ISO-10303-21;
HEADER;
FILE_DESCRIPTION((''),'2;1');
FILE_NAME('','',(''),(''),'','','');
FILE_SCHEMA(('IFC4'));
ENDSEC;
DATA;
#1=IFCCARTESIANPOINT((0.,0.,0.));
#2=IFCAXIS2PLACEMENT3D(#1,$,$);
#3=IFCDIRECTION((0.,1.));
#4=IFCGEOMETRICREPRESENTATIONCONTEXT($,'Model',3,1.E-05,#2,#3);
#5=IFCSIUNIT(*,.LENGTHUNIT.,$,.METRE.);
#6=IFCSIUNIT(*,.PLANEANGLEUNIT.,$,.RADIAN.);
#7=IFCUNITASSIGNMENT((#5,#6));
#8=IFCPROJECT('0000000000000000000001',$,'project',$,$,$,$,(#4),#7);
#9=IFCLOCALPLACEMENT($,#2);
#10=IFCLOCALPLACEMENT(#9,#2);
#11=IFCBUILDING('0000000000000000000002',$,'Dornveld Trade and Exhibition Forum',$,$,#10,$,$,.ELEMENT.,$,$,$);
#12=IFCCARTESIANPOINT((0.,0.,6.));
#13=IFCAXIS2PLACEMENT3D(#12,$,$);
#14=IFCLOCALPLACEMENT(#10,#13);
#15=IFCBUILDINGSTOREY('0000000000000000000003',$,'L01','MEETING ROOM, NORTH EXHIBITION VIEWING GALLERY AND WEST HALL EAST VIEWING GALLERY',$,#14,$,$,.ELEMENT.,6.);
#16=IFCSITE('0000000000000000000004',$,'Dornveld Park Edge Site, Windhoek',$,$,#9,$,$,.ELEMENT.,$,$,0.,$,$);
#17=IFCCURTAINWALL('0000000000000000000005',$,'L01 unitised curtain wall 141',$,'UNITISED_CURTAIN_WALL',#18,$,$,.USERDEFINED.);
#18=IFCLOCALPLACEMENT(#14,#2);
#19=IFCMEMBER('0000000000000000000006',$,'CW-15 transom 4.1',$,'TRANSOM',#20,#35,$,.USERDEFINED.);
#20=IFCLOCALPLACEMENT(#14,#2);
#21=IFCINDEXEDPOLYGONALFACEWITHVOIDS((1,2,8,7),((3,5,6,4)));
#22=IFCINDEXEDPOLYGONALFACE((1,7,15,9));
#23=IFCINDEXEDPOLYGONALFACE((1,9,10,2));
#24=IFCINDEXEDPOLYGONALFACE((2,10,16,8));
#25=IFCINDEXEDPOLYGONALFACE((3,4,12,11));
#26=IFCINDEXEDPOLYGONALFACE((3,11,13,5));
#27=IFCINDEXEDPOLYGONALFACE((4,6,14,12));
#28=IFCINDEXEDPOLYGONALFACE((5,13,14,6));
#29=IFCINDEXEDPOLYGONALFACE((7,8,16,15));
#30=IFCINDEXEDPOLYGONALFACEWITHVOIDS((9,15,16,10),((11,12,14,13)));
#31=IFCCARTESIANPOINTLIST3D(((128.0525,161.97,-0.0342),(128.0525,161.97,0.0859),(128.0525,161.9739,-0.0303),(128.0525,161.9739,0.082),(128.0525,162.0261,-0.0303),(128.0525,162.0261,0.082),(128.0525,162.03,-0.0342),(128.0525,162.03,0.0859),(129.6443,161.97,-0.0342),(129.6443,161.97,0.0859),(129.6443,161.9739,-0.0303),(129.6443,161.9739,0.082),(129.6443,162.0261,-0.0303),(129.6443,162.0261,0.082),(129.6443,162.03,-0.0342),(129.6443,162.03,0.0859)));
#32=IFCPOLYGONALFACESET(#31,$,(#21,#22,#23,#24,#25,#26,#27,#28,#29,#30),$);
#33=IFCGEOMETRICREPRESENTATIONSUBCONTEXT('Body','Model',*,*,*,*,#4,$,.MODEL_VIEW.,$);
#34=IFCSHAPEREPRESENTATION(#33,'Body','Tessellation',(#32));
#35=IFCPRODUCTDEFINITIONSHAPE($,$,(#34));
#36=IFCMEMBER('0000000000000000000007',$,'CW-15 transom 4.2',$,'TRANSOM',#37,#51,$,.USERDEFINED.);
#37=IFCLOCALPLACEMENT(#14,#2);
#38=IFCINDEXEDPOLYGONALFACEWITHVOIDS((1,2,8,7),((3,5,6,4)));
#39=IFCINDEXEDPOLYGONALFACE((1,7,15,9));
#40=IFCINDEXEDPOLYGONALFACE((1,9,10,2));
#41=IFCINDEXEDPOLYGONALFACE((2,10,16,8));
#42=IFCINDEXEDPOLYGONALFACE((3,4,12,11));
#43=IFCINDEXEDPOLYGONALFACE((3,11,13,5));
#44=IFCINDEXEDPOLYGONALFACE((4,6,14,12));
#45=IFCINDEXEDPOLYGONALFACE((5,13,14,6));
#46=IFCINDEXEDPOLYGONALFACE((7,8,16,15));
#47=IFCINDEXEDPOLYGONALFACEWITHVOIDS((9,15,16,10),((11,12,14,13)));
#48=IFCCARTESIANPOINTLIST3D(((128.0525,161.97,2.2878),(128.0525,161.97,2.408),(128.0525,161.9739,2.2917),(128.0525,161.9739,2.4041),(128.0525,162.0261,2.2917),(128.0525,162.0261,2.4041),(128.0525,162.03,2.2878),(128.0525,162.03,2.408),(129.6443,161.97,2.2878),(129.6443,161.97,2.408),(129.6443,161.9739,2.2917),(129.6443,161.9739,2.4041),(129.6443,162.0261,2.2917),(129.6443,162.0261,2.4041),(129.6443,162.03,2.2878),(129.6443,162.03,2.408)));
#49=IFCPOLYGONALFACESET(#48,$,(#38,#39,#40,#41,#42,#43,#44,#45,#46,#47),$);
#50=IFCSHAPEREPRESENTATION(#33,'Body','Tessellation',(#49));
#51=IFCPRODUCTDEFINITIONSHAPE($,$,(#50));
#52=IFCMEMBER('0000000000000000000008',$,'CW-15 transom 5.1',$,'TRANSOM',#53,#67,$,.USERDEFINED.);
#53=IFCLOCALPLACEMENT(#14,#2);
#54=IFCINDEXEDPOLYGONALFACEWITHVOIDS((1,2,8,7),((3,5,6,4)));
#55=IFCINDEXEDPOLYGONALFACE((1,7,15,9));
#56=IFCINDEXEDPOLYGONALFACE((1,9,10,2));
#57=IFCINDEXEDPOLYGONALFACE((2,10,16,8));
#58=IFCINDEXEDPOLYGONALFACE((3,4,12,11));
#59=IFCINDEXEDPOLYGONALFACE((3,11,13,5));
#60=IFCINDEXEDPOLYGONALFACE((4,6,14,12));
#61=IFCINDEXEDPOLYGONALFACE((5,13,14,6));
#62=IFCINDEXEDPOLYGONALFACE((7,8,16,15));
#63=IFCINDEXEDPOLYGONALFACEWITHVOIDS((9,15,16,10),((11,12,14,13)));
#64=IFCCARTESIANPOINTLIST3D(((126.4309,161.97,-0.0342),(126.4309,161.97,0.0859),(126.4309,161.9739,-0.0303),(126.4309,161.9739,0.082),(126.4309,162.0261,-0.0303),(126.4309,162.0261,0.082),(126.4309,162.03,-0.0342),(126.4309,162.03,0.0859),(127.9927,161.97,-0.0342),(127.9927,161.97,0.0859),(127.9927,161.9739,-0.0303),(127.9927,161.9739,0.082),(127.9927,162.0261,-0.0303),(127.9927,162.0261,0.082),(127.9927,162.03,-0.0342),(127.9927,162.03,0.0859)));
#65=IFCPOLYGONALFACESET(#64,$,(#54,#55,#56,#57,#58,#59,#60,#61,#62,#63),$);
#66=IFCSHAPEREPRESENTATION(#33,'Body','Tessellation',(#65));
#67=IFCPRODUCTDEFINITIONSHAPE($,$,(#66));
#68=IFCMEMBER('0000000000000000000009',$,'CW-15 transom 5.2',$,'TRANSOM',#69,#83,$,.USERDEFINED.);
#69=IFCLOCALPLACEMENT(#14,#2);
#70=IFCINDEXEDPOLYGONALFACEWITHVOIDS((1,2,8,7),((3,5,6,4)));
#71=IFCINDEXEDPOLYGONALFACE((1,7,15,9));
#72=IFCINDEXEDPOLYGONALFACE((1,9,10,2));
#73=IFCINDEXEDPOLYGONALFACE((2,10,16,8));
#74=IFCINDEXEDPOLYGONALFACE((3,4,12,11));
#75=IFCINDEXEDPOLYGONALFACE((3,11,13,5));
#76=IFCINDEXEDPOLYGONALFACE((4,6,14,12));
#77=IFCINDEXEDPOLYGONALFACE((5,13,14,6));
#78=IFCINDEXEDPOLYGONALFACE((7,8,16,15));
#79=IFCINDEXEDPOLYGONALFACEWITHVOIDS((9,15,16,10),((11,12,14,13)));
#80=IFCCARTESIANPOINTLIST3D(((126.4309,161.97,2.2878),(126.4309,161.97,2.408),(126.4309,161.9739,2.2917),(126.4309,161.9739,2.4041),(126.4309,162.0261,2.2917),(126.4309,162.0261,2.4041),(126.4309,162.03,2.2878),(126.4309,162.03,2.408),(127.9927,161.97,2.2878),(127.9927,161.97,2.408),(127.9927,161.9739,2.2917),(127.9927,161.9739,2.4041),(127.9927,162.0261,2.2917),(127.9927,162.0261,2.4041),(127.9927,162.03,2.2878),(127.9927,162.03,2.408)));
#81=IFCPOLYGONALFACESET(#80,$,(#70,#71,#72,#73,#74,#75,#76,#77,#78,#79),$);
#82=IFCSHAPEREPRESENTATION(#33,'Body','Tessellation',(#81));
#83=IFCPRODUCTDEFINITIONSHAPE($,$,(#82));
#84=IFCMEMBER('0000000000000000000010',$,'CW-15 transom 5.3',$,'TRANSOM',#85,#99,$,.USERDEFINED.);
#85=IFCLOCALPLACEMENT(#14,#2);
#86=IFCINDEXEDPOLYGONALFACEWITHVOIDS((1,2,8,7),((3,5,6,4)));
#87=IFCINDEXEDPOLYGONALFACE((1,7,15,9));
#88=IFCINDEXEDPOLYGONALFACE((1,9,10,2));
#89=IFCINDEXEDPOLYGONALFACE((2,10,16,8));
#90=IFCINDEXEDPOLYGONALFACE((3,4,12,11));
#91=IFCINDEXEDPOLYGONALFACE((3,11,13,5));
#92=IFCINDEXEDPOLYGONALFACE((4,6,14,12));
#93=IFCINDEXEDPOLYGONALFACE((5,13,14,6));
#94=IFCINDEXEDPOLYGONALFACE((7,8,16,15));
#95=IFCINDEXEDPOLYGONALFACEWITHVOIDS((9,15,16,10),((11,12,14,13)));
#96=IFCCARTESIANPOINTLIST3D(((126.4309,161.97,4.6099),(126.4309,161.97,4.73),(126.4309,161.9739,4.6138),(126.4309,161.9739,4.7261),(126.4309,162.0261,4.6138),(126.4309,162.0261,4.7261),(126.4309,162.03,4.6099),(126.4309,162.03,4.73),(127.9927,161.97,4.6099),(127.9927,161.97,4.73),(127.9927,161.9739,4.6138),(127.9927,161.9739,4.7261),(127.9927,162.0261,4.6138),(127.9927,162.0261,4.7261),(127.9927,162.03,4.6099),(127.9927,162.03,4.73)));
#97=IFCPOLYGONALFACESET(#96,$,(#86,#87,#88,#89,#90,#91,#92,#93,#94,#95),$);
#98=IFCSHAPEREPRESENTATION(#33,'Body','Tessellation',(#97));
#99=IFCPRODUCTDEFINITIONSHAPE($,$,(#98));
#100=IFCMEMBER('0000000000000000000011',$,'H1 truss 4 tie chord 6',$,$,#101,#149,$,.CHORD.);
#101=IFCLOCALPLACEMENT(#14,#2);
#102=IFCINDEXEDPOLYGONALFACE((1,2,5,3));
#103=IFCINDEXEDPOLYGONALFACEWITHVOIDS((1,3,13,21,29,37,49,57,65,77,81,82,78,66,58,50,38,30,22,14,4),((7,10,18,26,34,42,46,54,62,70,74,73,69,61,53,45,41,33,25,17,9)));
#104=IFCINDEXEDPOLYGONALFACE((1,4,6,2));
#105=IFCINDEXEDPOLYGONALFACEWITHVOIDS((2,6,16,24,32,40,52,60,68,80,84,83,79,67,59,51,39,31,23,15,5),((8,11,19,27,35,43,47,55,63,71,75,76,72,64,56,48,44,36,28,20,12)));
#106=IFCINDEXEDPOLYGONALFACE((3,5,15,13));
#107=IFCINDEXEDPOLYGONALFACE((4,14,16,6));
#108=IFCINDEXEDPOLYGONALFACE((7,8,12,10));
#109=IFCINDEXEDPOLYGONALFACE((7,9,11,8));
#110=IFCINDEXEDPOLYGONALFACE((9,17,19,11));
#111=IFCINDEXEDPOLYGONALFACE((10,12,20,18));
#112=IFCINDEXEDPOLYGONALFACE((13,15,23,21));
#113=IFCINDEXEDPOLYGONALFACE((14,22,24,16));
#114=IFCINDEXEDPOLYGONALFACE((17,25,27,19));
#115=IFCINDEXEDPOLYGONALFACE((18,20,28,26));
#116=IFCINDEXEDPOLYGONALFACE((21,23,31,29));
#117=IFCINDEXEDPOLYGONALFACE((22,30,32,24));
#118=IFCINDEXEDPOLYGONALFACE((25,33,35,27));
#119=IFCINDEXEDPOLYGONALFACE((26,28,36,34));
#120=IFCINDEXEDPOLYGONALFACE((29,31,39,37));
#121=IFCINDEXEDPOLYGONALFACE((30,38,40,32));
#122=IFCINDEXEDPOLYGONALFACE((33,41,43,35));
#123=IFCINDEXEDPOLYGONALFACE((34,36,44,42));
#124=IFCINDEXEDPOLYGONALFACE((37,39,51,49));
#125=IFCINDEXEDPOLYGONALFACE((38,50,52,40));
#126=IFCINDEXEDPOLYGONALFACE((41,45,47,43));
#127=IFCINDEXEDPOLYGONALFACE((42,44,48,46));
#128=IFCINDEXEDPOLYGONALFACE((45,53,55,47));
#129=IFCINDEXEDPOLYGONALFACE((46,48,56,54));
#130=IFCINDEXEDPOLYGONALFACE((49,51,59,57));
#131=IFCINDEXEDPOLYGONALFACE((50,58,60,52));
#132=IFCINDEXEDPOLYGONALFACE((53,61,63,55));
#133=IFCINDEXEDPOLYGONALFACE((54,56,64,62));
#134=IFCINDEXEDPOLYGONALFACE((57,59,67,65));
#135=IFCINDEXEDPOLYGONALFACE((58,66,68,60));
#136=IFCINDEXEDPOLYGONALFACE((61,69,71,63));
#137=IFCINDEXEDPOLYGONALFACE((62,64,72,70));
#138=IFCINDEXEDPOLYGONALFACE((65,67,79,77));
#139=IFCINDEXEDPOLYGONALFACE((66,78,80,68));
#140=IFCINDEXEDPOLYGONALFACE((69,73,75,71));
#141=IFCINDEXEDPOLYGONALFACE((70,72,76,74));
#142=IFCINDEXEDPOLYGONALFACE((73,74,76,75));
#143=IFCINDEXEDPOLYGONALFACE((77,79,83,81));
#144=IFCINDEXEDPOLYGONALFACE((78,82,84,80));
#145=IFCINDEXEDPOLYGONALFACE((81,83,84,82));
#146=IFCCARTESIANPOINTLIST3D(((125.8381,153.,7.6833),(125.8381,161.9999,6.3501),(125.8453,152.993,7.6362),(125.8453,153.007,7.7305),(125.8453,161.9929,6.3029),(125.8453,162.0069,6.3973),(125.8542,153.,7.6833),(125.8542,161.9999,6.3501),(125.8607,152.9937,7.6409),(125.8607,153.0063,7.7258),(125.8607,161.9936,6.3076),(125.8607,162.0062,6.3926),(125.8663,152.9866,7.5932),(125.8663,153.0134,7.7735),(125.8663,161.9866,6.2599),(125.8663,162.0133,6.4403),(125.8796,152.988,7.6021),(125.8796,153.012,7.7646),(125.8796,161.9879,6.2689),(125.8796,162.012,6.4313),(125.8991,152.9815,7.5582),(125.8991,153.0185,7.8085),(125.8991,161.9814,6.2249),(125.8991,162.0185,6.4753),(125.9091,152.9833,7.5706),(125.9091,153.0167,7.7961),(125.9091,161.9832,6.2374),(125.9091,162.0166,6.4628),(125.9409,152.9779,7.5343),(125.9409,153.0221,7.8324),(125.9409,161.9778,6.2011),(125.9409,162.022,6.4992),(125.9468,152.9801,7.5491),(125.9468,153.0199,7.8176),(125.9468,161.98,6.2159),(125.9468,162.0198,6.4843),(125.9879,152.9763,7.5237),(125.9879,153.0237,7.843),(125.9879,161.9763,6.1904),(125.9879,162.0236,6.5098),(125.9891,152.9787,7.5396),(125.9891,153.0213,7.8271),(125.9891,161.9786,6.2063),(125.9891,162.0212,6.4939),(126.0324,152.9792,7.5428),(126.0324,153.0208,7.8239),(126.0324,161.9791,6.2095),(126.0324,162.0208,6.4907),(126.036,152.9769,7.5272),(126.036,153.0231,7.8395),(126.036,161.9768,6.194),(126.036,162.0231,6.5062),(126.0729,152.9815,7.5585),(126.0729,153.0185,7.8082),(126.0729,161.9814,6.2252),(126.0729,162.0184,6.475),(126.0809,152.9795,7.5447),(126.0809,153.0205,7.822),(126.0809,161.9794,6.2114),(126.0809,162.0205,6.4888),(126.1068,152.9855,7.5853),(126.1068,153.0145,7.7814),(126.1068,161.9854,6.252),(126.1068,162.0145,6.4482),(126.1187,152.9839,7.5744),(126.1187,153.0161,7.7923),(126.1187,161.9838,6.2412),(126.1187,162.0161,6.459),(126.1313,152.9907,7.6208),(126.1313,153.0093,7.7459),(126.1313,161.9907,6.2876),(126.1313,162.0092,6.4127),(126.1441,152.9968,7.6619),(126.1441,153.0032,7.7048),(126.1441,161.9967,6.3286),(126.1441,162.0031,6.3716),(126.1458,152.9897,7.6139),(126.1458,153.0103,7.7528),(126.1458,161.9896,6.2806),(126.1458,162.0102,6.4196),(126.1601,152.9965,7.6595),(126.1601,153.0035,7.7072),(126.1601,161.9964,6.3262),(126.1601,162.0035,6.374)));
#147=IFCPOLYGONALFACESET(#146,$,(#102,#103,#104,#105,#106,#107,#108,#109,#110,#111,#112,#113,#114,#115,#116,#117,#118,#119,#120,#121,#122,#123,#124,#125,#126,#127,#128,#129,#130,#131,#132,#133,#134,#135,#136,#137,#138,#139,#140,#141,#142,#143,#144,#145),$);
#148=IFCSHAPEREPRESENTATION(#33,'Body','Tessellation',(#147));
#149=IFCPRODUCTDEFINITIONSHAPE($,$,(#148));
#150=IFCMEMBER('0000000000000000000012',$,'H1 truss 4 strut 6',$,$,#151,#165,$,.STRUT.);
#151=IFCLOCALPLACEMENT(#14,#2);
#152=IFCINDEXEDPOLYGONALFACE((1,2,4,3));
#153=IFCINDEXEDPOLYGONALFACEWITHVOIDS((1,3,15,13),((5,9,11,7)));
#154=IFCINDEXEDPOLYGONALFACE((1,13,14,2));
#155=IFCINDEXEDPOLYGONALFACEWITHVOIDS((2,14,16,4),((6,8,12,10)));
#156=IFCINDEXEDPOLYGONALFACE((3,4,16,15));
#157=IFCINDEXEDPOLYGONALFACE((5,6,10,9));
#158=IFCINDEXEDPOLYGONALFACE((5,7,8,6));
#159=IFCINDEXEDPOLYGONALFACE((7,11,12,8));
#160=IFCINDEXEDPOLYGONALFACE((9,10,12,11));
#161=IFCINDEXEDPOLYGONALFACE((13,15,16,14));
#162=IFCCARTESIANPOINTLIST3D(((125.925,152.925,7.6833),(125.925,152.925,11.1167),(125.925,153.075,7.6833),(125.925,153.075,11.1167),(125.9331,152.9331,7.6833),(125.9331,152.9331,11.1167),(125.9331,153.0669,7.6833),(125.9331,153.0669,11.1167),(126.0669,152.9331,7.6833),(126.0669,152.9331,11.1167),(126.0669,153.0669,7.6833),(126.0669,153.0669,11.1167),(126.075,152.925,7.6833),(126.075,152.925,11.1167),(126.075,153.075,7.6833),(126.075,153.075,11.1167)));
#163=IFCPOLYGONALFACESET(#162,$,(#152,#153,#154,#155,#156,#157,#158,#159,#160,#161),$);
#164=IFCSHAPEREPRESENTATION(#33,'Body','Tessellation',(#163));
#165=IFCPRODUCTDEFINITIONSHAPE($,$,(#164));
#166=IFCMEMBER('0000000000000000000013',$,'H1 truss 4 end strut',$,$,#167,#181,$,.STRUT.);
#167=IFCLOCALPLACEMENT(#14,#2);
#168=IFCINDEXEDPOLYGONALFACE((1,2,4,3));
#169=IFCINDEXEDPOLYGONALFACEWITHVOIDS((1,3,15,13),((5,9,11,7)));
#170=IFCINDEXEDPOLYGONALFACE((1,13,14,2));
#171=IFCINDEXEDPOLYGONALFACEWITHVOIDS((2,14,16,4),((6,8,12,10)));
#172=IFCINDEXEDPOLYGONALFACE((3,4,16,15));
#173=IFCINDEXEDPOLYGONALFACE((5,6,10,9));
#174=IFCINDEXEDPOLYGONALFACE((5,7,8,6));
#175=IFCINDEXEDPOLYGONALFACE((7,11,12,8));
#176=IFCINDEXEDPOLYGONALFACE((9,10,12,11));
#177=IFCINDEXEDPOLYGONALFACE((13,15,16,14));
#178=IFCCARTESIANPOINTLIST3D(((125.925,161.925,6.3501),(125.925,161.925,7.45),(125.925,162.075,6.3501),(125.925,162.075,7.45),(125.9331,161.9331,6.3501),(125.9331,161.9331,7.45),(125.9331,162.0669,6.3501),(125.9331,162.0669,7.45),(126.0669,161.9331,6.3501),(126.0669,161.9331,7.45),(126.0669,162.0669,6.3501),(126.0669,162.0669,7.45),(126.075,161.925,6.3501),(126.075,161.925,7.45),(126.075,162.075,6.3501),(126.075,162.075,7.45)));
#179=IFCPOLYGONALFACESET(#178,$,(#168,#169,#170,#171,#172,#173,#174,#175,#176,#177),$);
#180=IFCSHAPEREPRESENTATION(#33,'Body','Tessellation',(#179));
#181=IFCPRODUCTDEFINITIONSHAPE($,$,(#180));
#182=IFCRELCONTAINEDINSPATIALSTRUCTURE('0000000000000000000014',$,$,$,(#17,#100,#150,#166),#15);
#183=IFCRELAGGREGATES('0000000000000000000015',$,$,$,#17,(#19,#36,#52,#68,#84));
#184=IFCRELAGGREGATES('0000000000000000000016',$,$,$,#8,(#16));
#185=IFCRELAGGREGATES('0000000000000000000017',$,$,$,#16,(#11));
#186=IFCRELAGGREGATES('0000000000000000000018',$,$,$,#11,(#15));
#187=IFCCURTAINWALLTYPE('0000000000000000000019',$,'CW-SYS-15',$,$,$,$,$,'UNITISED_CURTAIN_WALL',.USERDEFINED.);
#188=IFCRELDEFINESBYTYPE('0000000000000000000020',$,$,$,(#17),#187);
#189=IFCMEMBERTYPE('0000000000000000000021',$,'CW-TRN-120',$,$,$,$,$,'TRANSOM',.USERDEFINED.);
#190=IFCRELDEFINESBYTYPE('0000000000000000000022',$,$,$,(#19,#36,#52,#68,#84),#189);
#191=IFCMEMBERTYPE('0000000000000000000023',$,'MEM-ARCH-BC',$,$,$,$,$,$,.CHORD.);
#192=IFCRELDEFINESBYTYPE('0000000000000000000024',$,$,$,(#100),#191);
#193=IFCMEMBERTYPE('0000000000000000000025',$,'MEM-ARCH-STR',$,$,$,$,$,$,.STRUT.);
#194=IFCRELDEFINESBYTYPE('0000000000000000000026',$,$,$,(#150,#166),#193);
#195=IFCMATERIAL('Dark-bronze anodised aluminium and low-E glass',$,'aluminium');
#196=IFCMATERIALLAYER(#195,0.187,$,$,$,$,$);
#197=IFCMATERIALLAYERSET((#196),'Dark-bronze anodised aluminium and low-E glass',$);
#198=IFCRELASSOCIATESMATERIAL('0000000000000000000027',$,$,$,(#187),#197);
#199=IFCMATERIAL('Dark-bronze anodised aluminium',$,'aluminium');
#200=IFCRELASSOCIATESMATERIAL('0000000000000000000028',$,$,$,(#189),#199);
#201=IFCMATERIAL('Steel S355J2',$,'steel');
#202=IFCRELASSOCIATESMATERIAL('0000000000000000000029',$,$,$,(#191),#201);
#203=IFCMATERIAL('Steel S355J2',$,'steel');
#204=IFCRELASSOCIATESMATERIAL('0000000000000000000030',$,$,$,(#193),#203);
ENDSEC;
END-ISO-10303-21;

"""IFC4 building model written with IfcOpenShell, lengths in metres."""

from ifc_helpers import new_model, si_unit, direction, frame, origin, origin_2d, place, context, subcontext, project, spatial, hollow_rectangle, hollow_circle, extrude, material, layer, layer_set, material_profile, profile_set, type_object, element, aggregate, save


model = new_model("IFC4")

# Units and contexts
model_context = context("Model", 3, precision=1e-05, world=origin(), true_north=direction((0.0, 1.0)))
body_context = subcontext(model_context, "Body", "Model", "MODEL_VIEW")
ifc_project = project(units=[si_unit("LENGTHUNIT", "METRE"), si_unit("PLANEANGLEUNIT", "RADIAN")], contexts=[model_context])

# Site, building, storey
site_placement = place(None, origin())
site = spatial("IfcSite", under=ifc_project, at=site_placement, Name="Dornveld Park Edge Site, Windhoek", CompositionType="ELEMENT", RefElevation=0.0)
building_placement = place(site_placement, origin())
building = spatial("IfcBuilding", under=site, at=building_placement, Name="Dornveld Trade and Exhibition Forum", CompositionType="ELEMENT")
storey_placement = place(building_placement, frame((0.0, 0.0, 6.0)))
storey = spatial("IfcBuildingStorey", under=building, at=storey_placement, Name="L01", Description="MEETING ROOM, NORTH EXHIBITION VIEWING GALLERY AND WEST HALL EAST VIEWING GALLERY", CompositionType="ELEMENT", Elevation=6.0)

# Curtain wall
ifc_material_1 = material(Name="Dark-bronze anodised aluminium and low-E glass", Category="aluminium")
ifc_layer_1 = layer(ifc_material_1, 0.187)
ifc_layer_set_1 = layer_set([ifc_layer_1], Name="Dark-bronze anodised aluminium and low-E glass")
curtain_wall_type_1 = type_object("IfcCurtainWallType", Name="CW-SYS-15", ElementType="UNITISED_CURTAIN_WALL", PredefinedType="USERDEFINED", material=ifc_layer_set_1)
curtain_wall_1_placement = place(storey_placement, origin())
curtain_wall_1 = element("IfcCurtainWall", 1, at=curtain_wall_1_placement, inside=storey, type_object=curtain_wall_type_1, Name="L01 unitised curtain wall 141", ObjectType="UNITISED_CURTAIN_WALL", PredefinedType="USERDEFINED")

# Members
ifc_material_2 = material(Name="Dark-bronze anodised aluminium", Category="aluminium")
ifc_material_profile_1 = material_profile(ifc_material_2, hollow_rectangle(XDim=0.0601, YDim=0.1201, WallThickness=0.0039, at=origin_2d()), Name="RHS 120x60x4")
ifc_profile_set_1 = profile_set([ifc_material_profile_1], Name="Dark-bronze anodised aluminium")
member_type_1 = type_object("IfcMemberType", Name="CW-TRN-120", ElementType="TRANSOM", PredefinedType="USERDEFINED", material=ifc_profile_set_1)
member_1_placement = place(storey_placement, frame((129.6443, 162.0, 0.0259), z_axis=(-1.0, 0.0, 0.0), x_axis=(0.0, -1.0, 0.0)))
member_1 = element("IfcMember", 2, at=member_1_placement, type_object=member_type_1, Name="CW-15 transom 4.1", ObjectType="TRANSOM", PredefinedType="USERDEFINED", context=body_context, shape_type="SweptSolid", body=[
    extrude(hollow_rectangle(XDim=0.0601, YDim=0.1201, WallThickness=0.0039, at=origin_2d()), origin(), (0.0, 0.0, 1.0), 1.5918),
])
member_2_placement = place(storey_placement, frame((129.6443, 162.0, 2.3479), z_axis=(-1.0, 0.0, 0.0), x_axis=(0.0, -1.0, 0.0)))
member_2 = element("IfcMember", 3, at=member_2_placement, type_object=member_type_1, Name="CW-15 transom 4.2", ObjectType="TRANSOM", PredefinedType="USERDEFINED", context=body_context, shape_type="SweptSolid", body=[
    extrude(hollow_rectangle(XDim=0.0601, YDim=0.1201, WallThickness=0.0039, at=origin_2d()), origin(), (0.0, 0.0, 1.0), 1.5918),
])
member_3_placement = place(storey_placement, frame((127.9927, 162.0, 0.0259), z_axis=(-1.0, 0.0, 0.0), x_axis=(0.0, -1.0, 0.0)))
member_3 = element("IfcMember", 4, at=member_3_placement, type_object=member_type_1, Name="CW-15 transom 5.1", ObjectType="TRANSOM", PredefinedType="USERDEFINED", context=body_context, shape_type="SweptSolid", body=[
    extrude(hollow_rectangle(XDim=0.0601, YDim=0.1201, WallThickness=0.0039, at=origin_2d()), origin(), (0.0, 0.0, 1.0), 1.5618),
])
member_4_placement = place(storey_placement, frame((127.9927, 162.0, 2.3479), z_axis=(-1.0, 0.0, 0.0), x_axis=(0.0, -1.0, 0.0)))
member_4 = element("IfcMember", 5, at=member_4_placement, type_object=member_type_1, Name="CW-15 transom 5.2", ObjectType="TRANSOM", PredefinedType="USERDEFINED", context=body_context, shape_type="SweptSolid", body=[
    extrude(hollow_rectangle(XDim=0.0601, YDim=0.1201, WallThickness=0.0039, at=origin_2d()), origin(), (0.0, 0.0, 1.0), 1.5618),
])
member_5_placement = place(storey_placement, frame((127.9927, 162.0, 4.6699), z_axis=(-1.0, 0.0, 0.0), x_axis=(0.0, -1.0, 0.0)))
member_5 = element("IfcMember", 6, at=member_5_placement, type_object=member_type_1, Name="CW-15 transom 5.3", ObjectType="TRANSOM", PredefinedType="USERDEFINED", context=body_context, shape_type="SweptSolid", body=[
    extrude(hollow_rectangle(XDim=0.0601, YDim=0.1201, WallThickness=0.0039, at=origin_2d()), origin(), (0.0, 0.0, 1.0), 1.5618),
])

# Members
ifc_material_3 = material(Name="Steel S355J2", Category="steel")
ifc_material_profile_2 = material_profile(ifc_material_3, hollow_circle(Radius=0.1619, WallThickness=0.0161, at=origin_2d()), Name="CHS 323.9x16")
ifc_profile_set_2 = profile_set([ifc_material_profile_2], Name="Steel S355J2")
member_type_2 = type_object("IfcMemberType", Name="MEM-ARCH-BC", PredefinedType="CHORD", material=ifc_profile_set_2)
member_6_placement = place(storey_placement, frame((126.0, 153.0, 7.6833), z_axis=(0.0, 0.989205, -0.14654), x_axis=(-1.0, 0.0, 0.0)))
element("IfcMember", 7, at=member_6_placement, inside=storey, type_object=member_type_2, Name="H1 truss 4 tie chord 6", PredefinedType="CHORD", context=body_context, shape_type="SweptSolid", body=[
    extrude(hollow_circle(Radius=0.1619, WallThickness=0.0161, at=origin_2d()), origin(), (0.0, 0.0, 1.0), 9.0981),
])
ifc_material_4 = material(Name="Steel S355J2", Category="steel")
ifc_material_profile_3 = material_profile(ifc_material_4, hollow_rectangle(XDim=0.1499, YDim=0.1499, WallThickness=0.0081, at=origin_2d()), Name="SHS 150x150x8")
ifc_profile_set_3 = profile_set([ifc_material_profile_3], Name="Steel S355J2")
member_type_3 = type_object("IfcMemberType", Name="MEM-ARCH-STR", PredefinedType="STRUT", material=ifc_profile_set_3)
member_7_placement = place(storey_placement, frame((126.0, 153.0, 7.6833), z_axis=(0.0, 0.0, 1.0), x_axis=(1.0, 0.0, 0.0)))
element("IfcMember", 8, at=member_7_placement, inside=storey, type_object=member_type_3, Name="H1 truss 4 strut 6", PredefinedType="STRUT", context=body_context, shape_type="SweptSolid", body=[
    extrude(hollow_rectangle(XDim=0.1499, YDim=0.1499, WallThickness=0.0081, at=origin_2d()), origin(), (0.0, 0.0, 1.0), 3.4333),
])
member_8_placement = place(storey_placement, frame((126.0, 162.0, 6.3501), z_axis=(0.0, 0.0, 1.0), x_axis=(1.0, 0.0, 0.0)))
element("IfcMember", 9, at=member_8_placement, inside=storey, type_object=member_type_3, Name="H1 truss 4 end strut", PredefinedType="STRUT", context=body_context, shape_type="SweptSolid", body=[
    extrude(hollow_rectangle(XDim=0.1499, YDim=0.1499, WallThickness=0.0081, at=origin_2d()), origin(), (0.0, 0.0, 1.0), 1.0999),
])

aggregate(curtain_wall_1, [member_1, member_2, member_3, member_4, member_5])

save(model, "model.ifc")
